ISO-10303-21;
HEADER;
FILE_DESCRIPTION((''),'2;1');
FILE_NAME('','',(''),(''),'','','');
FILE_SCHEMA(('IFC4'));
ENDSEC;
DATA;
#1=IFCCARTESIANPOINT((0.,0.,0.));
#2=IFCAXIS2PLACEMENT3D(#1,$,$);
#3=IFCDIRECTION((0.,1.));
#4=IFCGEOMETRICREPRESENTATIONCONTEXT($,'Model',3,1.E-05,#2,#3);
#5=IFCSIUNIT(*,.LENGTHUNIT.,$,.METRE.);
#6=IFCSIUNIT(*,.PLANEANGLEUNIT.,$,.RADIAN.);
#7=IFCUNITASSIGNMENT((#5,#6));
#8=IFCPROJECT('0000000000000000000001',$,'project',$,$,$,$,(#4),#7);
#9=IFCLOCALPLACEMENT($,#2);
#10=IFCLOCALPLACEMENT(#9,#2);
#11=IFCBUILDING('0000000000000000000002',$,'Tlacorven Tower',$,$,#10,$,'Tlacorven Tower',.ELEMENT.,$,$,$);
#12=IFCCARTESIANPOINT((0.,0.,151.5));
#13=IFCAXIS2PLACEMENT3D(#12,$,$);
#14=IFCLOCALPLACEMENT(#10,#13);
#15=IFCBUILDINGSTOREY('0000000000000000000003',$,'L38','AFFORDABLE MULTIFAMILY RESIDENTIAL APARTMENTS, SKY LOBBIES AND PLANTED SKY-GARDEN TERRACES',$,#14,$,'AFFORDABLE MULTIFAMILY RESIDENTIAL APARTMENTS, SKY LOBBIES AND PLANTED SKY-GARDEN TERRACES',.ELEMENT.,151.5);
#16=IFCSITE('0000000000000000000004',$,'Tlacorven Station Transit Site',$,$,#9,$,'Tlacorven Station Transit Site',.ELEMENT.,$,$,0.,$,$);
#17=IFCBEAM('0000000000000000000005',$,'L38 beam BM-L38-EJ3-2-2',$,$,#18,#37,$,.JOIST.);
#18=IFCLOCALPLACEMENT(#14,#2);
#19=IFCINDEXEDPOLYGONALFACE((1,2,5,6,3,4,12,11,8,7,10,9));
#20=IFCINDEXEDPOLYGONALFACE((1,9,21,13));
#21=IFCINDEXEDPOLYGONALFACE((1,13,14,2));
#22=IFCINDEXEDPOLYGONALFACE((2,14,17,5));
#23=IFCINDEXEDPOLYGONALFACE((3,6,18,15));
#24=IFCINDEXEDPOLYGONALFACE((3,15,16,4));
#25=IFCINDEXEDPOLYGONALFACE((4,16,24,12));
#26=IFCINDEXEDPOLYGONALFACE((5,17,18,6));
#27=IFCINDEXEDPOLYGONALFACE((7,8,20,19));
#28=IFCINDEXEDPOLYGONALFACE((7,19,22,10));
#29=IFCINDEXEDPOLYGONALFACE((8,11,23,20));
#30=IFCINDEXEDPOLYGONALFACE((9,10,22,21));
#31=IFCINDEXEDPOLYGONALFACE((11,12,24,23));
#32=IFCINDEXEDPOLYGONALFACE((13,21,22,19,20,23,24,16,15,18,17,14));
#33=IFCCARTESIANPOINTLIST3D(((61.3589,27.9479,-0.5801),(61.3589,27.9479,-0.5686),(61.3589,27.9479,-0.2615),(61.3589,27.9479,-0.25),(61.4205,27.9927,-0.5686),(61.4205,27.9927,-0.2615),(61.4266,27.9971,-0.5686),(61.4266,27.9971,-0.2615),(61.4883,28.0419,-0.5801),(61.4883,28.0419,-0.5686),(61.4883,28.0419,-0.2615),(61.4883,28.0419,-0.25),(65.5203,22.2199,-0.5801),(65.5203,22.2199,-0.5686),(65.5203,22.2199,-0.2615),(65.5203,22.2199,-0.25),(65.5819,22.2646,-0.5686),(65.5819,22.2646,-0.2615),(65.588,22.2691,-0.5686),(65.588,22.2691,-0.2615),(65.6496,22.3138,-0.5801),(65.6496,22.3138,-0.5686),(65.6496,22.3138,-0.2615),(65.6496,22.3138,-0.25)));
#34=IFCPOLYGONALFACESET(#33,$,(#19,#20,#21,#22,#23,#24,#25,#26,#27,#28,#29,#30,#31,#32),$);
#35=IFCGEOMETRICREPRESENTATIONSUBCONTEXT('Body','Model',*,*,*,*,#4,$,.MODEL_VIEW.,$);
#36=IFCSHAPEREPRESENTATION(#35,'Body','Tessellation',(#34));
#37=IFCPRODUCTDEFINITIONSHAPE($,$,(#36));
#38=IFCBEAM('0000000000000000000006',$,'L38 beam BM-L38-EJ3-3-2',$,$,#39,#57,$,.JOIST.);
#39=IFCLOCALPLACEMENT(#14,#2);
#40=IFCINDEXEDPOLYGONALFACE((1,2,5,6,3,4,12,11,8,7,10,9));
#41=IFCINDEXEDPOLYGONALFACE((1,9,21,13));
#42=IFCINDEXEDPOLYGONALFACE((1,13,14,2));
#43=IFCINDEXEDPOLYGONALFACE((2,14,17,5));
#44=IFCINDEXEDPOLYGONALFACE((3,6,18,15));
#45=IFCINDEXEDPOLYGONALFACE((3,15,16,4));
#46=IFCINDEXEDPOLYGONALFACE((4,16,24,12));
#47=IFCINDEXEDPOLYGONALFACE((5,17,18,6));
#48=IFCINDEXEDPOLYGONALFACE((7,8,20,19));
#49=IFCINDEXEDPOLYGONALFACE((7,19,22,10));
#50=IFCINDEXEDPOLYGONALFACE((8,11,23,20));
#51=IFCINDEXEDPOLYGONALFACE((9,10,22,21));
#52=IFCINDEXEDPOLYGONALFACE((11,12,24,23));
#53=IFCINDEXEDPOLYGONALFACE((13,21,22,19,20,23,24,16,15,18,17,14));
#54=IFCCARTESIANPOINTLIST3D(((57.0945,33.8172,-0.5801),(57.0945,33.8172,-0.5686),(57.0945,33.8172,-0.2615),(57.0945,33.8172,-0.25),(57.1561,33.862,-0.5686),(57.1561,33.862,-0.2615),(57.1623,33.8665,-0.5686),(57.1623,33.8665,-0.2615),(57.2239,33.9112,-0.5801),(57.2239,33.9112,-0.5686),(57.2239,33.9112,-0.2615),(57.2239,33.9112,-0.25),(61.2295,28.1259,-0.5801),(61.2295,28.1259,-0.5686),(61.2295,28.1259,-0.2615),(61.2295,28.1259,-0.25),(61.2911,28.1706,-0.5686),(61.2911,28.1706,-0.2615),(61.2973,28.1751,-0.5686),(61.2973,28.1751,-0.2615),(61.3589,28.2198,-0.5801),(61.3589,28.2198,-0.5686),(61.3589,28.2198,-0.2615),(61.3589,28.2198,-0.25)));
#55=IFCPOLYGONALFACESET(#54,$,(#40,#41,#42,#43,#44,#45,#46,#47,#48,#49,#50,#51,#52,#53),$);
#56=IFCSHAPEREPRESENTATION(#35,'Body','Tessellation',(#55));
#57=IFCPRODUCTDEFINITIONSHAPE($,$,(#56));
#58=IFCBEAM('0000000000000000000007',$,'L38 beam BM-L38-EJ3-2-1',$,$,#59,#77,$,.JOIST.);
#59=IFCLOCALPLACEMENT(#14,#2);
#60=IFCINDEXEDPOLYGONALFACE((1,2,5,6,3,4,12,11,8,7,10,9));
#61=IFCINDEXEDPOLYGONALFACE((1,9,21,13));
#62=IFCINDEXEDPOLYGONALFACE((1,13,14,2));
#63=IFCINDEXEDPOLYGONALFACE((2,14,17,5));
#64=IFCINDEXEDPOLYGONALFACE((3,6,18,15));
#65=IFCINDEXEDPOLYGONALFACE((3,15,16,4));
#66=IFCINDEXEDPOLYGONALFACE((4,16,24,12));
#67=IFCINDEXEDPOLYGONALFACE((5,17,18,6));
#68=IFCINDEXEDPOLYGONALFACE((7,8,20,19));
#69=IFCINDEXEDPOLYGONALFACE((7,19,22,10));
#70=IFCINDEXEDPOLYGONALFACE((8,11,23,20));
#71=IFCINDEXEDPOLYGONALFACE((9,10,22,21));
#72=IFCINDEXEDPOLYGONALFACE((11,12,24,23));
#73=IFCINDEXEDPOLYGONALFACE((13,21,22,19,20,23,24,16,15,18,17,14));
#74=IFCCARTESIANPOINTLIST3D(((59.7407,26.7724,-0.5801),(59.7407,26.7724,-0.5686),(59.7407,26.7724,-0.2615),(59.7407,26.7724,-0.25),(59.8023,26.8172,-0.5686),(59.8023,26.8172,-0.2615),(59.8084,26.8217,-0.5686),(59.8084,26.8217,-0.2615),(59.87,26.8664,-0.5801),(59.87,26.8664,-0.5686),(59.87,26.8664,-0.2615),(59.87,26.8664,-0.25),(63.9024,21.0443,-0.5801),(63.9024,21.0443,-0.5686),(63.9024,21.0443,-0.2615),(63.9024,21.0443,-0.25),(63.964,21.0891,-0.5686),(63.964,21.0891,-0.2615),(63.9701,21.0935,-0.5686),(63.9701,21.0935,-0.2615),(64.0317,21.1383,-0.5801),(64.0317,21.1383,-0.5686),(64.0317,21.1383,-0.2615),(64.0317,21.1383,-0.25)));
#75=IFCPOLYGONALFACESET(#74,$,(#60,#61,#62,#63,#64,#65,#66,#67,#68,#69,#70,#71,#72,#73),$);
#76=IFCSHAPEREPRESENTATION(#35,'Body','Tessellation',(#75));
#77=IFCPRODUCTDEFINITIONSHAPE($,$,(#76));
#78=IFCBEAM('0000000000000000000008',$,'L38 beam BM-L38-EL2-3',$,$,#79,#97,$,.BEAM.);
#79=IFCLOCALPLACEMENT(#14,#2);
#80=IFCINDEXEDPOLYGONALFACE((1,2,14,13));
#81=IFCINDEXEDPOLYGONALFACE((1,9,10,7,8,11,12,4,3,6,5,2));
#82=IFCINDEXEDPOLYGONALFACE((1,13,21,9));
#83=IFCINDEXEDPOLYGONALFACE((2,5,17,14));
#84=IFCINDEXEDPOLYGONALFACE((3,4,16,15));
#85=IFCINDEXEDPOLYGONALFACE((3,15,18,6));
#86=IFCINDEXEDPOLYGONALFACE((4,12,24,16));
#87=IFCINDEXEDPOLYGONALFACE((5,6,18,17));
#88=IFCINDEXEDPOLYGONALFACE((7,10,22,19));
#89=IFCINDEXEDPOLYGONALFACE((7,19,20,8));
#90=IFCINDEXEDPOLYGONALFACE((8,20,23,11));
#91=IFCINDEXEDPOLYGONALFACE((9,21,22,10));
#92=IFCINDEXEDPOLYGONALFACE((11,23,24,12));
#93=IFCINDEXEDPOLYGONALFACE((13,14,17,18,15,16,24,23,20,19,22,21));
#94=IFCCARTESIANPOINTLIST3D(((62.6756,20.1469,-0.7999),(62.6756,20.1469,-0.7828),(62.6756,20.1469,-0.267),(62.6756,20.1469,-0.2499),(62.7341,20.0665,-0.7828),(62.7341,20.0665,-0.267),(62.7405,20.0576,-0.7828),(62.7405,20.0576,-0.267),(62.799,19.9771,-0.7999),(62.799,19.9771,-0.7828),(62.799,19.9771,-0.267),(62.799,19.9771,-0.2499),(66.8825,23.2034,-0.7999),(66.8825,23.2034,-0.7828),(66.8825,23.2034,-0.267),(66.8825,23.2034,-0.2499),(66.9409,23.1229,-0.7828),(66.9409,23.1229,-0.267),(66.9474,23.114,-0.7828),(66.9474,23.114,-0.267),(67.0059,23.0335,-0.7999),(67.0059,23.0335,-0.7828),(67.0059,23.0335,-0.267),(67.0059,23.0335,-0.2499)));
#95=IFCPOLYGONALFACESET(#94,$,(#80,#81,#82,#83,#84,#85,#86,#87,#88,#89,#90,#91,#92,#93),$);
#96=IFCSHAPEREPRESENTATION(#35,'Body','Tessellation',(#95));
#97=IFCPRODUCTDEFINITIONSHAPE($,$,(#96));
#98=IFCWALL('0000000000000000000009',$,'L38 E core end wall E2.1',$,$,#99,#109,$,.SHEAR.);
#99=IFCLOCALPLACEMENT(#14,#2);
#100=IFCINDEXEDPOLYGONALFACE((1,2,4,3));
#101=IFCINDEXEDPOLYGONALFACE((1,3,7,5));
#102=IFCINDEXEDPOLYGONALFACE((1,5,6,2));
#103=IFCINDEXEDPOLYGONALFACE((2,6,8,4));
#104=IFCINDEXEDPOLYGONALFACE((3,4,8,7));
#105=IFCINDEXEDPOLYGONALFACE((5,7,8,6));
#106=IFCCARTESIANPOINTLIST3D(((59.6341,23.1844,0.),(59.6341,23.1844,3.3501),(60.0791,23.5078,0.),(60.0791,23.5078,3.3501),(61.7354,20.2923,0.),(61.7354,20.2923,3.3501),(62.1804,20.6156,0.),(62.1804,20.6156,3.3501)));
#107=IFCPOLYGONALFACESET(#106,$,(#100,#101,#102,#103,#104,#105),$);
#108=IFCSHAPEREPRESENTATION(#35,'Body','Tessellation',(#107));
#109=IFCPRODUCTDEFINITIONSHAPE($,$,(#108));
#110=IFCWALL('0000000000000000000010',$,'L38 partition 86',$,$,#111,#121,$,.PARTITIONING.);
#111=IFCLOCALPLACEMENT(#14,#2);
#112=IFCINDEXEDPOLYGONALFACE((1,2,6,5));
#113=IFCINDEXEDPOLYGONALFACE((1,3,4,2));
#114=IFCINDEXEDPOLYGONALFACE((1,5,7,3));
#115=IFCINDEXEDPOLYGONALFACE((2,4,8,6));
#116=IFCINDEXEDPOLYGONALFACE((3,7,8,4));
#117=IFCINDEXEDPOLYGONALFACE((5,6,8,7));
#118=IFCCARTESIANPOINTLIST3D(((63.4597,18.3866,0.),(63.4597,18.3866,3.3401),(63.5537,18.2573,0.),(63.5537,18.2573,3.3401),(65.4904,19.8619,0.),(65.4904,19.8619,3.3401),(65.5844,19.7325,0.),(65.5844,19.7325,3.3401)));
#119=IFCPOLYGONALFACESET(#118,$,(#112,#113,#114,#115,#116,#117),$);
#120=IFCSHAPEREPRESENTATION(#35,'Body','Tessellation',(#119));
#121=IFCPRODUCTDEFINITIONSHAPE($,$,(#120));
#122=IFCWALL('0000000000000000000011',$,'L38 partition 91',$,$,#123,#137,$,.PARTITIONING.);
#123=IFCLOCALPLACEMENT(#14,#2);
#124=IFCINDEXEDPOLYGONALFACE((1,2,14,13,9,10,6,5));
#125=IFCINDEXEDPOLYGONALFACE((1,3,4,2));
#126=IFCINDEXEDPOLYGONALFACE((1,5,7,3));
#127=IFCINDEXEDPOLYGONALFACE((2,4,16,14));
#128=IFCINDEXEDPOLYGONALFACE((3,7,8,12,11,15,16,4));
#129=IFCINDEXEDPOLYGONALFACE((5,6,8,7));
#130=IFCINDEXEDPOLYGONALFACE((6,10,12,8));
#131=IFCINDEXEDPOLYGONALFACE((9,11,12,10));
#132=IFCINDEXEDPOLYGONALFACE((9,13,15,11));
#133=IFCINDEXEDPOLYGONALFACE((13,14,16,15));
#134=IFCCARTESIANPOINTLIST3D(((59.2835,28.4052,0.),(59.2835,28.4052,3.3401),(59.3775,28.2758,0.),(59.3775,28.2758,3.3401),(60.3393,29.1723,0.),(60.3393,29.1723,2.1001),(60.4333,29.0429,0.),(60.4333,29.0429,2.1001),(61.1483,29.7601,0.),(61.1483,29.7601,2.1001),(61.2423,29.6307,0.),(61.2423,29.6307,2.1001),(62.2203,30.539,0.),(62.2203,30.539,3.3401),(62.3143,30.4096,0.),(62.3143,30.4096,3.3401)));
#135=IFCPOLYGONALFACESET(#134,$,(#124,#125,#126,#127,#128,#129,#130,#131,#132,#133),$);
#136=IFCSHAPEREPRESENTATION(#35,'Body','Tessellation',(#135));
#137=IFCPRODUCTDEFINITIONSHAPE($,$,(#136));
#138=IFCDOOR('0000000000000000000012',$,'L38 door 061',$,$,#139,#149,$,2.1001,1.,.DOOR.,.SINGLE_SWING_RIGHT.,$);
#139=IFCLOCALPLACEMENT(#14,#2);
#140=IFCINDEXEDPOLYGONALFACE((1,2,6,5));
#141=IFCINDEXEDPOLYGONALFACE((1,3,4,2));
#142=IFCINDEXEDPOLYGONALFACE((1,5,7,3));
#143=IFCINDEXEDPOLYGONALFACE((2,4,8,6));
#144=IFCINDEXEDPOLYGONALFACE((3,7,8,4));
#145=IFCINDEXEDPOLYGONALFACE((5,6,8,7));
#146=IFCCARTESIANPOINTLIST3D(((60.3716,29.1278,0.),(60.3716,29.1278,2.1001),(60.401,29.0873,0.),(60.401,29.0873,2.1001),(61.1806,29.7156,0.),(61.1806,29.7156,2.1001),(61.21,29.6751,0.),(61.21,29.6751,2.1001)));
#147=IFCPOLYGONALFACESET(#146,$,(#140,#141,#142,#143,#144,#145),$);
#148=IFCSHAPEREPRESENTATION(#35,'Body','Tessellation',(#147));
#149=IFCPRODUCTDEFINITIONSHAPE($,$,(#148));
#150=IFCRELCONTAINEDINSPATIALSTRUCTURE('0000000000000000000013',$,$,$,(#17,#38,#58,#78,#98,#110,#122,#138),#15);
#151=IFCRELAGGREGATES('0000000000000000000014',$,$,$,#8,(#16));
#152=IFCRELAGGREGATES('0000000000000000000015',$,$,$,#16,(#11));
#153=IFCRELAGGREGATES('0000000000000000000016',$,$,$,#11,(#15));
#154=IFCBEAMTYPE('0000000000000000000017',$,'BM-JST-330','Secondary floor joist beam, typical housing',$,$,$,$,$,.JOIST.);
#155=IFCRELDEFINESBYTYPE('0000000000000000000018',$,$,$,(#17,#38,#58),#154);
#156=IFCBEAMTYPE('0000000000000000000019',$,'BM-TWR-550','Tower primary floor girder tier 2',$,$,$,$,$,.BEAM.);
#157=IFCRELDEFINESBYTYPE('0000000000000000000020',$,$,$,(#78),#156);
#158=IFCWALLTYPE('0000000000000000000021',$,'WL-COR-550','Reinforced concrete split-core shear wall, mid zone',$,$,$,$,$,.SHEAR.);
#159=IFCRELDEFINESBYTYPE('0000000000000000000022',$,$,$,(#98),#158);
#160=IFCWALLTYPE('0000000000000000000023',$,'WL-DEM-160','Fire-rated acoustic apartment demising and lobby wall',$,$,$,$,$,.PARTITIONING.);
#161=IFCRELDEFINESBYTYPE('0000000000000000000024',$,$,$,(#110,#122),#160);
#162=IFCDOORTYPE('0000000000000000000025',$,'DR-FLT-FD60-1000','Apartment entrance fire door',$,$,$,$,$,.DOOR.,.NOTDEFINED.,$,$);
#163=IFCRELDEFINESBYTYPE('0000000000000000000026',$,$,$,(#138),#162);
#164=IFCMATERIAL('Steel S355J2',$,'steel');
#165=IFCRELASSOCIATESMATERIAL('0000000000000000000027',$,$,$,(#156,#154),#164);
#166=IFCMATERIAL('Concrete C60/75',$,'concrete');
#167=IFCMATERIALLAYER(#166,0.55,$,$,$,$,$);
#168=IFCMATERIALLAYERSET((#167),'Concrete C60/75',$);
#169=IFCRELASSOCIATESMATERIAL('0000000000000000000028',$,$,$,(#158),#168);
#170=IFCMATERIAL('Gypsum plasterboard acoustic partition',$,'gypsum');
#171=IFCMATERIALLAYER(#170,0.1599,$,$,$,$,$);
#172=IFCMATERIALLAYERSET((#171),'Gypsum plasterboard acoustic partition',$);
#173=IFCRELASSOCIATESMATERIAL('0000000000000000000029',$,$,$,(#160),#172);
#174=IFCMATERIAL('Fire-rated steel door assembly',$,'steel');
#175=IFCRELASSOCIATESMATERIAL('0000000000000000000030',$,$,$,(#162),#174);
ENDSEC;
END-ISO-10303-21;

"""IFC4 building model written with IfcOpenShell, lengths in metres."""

from ifc_helpers import new_model, si_unit, direction, frame, frame_2d, origin, origin_2d, place, context, subcontext, project, spatial, rectangle, i_section, extrude, source, transform, mapped, material, layer, layer_set, material_profile, profile_set, type_object, element, fill, save


model = new_model("IFC4")

# Units and contexts
model_context = context("Model", 3, precision=1e-05, world=origin(), true_north=direction((0.0, 1.0)))
body_context = subcontext(model_context, "Body", "Model", "MODEL_VIEW")
ifc_project = project(units=[si_unit("LENGTHUNIT", "METRE"), si_unit("PLANEANGLEUNIT", "RADIAN")], contexts=[model_context])

# Site, building, storey
site_placement = place(None, origin())
site = spatial("IfcSite", under=ifc_project, at=site_placement, Name="Tlacorven Station Transit Site", LongName="Tlacorven Station Transit Site", CompositionType="ELEMENT", RefElevation=0.0)
building_placement = place(site_placement, origin())
building = spatial("IfcBuilding", under=site, at=building_placement, Name="Tlacorven Tower", LongName="Tlacorven Tower", CompositionType="ELEMENT")
storey_placement = place(building_placement, frame((0.0, 0.0, 151.5)))
storey = spatial("IfcBuildingStorey", under=building, at=storey_placement, Name="L38", Description="AFFORDABLE MULTIFAMILY RESIDENTIAL APARTMENTS, SKY LOBBIES AND PLANTED SKY-GARDEN TERRACES", LongName="AFFORDABLE MULTIFAMILY RESIDENTIAL APARTMENTS, SKY LOBBIES AND PLANTED SKY-GARDEN TERRACES", CompositionType="ELEMENT", Elevation=151.5)

# Beams
ifc_material_1 = material(Name="Concrete C60/75", Category="concrete")
ifc_material_2 = material(Name="Steel S355J2", Category="steel")
ifc_material_profile_1 = material_profile(ifc_material_2, i_section(OverallWidth=0.21, OverallDepth=0.55, WebThickness=0.011, FlangeThickness=0.0171, at=origin_2d()), Name="IPE 550")
ifc_profile_set_1 = profile_set([ifc_material_profile_1], Name="Steel S355J2")
beam_type_1 = type_object("IfcBeamType", Name="BM-TWR-550", Description="Tower primary floor girder tier 2", PredefinedType="BEAM", material=ifc_profile_set_1)
ifc_material_profile_2 = material_profile(ifc_material_2, i_section(OverallWidth=0.1599, OverallDepth=0.3301, WebThickness=0.0076, FlangeThickness=0.0115, at=origin_2d()), Name="IPE 330")
ifc_profile_set_2 = profile_set([ifc_material_profile_2], Name="Steel S355J2")
beam_type_2 = type_object("IfcBeamType", Name="BM-JST-330", Description="Secondary floor joist beam, typical housing", PredefinedType="JOIST", material=ifc_profile_set_2)
shared_shape_1 = source(origin(), body_context, "Body", "SweptSolid", [
    extrude(i_section(OverallWidth=0.1599, OverallDepth=0.3301, WebThickness=0.0076, FlangeThickness=0.0115, at=origin_2d()), origin(), (0.0, 0.0, 1.0), 7.0801),
])
beam_1_placement = place(storey_placement, frame((65.585, 22.2668, -0.415), z_axis=(-0.58776, 0.809036, 0.0), x_axis=(-0.809036, -0.58776, 0.0)))
element("IfcBeam", 1, at=beam_1_placement, inside=storey, type_object=beam_type_2, Name="L38 beam BM-L38-EJ3-2-2", PredefinedType="JOIST", context=body_context, shape_type="MappedRepresentation", body=[
    mapped(shared_shape_1, transform((0.0, 0.0, 0.0), scale=1.0)),
])
shared_shape_2 = source(origin(), body_context, "Body", "SweptSolid", [
    extrude(i_section(OverallWidth=0.1599, OverallDepth=0.3301, WebThickness=0.0076, FlangeThickness=0.0115, at=origin_2d()), origin(), (0.0, 0.0, 1.0), 7.0349),
])
beam_2_placement = place(storey_placement, frame((61.2942, 28.1729, -0.415), z_axis=(-0.587782, 0.80902, 0.0), x_axis=(-0.80902, -0.587782, 0.0)))
element("IfcBeam", 2, at=beam_2_placement, inside=storey, type_object=beam_type_2, Name="L38 beam BM-L38-EJ3-3-2", PredefinedType="JOIST", context=body_context, shape_type="MappedRepresentation", body=[
    mapped(shared_shape_2, transform((0.0, 0.0, 0.0), scale=1.0)),
])
shared_shape_3 = source(origin(), body_context, "Body", "SweptSolid", [
    extrude(i_section(OverallWidth=0.1599, OverallDepth=0.3301, WebThickness=0.0076, FlangeThickness=0.0115, at=origin_2d()), origin(), (0.0, 0.0, 1.0), 7.0803),
])
beam_3_placement = place(storey_placement, frame((63.967, 21.0913, -0.415), z_axis=(-0.587782, 0.809019, 0.0), x_axis=(-0.809019, -0.587782, 0.0)))
element("IfcBeam", 3, at=beam_3_placement, inside=storey, type_object=beam_type_2, Name="L38 beam BM-L38-EJ3-2-1", PredefinedType="JOIST", context=body_context, shape_type="MappedRepresentation", body=[
    mapped(shared_shape_3, transform((0.0, 0.0, 0.0), scale=1.0)),
])
shared_shape_4 = source(origin(), body_context, "Body", "SweptSolid", [
    extrude(i_section(OverallWidth=0.21, OverallDepth=0.55, WebThickness=0.011, FlangeThickness=0.0171, at=origin_2d()), origin(), (0.0, 0.0, 1.0), 5.2),
])
beam_4_placement = place(storey_placement, frame((62.7373, 20.062, -0.5249), z_axis=(0.809018, 0.587784, 0.0), x_axis=(-0.587784, 0.809018, 0.0)))
element("IfcBeam", 4, at=beam_4_placement, inside=storey, type_object=beam_type_1, Name="L38 beam BM-L38-EL2-3", PredefinedType="BEAM", context=body_context, shape_type="MappedRepresentation", body=[
    mapped(shared_shape_4, transform((0.0, 0.0, 0.0), scale=1.0)),
])

# Walls
ifc_layer_1 = layer(ifc_material_1, 0.55)
ifc_layer_set_1 = layer_set([ifc_layer_1], Name="Concrete C60/75")
wall_type_1 = type_object("IfcWallType", Name="WL-COR-550", Description="Reinforced concrete split-core shear wall, mid zone", PredefinedType="SHEAR", material=ifc_layer_set_1)
wall_1_placement = place(storey_placement, frame((61.958, 20.4539, 0.0), z_axis=(0.0, 0.0, 1.0), x_axis=(-0.587802, 0.809005, 0.0)))
element("IfcWall", 5, at=wall_1_placement, inside=storey, type_object=wall_type_1, Name="L38 E core end wall E2.1", PredefinedType="SHEAR", context=body_context, shape_type="SweptSolid", body=[
    extrude(rectangle(XDim=3.575, YDim=0.55, at=frame_2d((1.7876, 0.0))), origin(), (0.0, 0.0, 1.0), 3.3501),
])
ifc_material_3 = material(Name="Gypsum plasterboard acoustic partition", Category="gypsum")
ifc_layer_2 = layer(ifc_material_3, 0.1599)
ifc_layer_set_2 = layer_set([ifc_layer_2], Name="Gypsum plasterboard acoustic partition")
wall_type_2 = type_object("IfcWallType", Name="WL-DEM-160", Description="Fire-rated acoustic apartment demising and lobby wall", PredefinedType="PARTITIONING", material=ifc_layer_set_2)
wall_2_placement = place(storey_placement, frame((63.5068, 18.322, 0.0), z_axis=(0.0, 0.0, 1.0), x_axis=(0.809035, 0.587761, 0.0)))
element("IfcWall", 6, at=wall_2_placement, inside=storey, type_object=wall_type_2, Name="L38 partition 86", PredefinedType="PARTITIONING", context=body_context, shape_type="SweptSolid", body=[
    extrude(rectangle(XDim=2.51, YDim=0.1599, at=frame_2d((1.2549, 0.0))), origin(), (0.0, 0.0, 1.0), 3.3401),
])

# Wall, opening, door
wall_3_placement = place(storey_placement, frame((59.3306, 28.3406, 0.0), z_axis=(0.0, 0.0, 1.0), x_axis=(0.809004, 0.587804, 0.0)))
wall_3 = element("IfcWall", 7, at=wall_3_placement, inside=storey, type_object=wall_type_2, Name="L38 partition 91", PredefinedType="PARTITIONING", context=body_context, shape_type="SweptSolid", body=[
    extrude(rectangle(XDim=3.6301, YDim=0.1599, at=frame_2d((1.8149, 0.0))), origin(), (0.0, 0.0, 1.0), 3.3401),
])
opening_1_placement = place(wall_3_placement, frame((1.3049, 0.0, 0.0)))
opening_1 = element("IfcOpeningElement", 8, at=opening_1_placement, cuts=wall_3, PredefinedType="OPENING", context=body_context, shape_type="SweptSolid", body=[
    extrude(rectangle(XDim=1.0, YDim=2.1001, at=frame_2d((0.5, 1.05))), frame((0.0, 0.0898, 0.0), z_axis=(0.0, -1.0, 0.0), x_axis=(1.0, 0.0, 0.0)), (0.0, 0.0, 1.0), 0.1799),
])
ifc_material_4 = material(Name="Fire-rated steel door assembly", Category="steel")
door_type_1 = type_object("IfcDoorType", Name="DR-FLT-FD60-1000", Description="Apartment entrance fire door", OperationType="NOTDEFINED", PredefinedType="DOOR", material=ifc_material_4)
shared_shape_5 = source(origin(), body_context, "Body", "SweptSolid", [
    extrude(rectangle(XDim=1.0, YDim=2.1001, at=frame_2d((0.5, 1.05))), frame((0.0, 0.0249, 0.0), z_axis=(0.0, -1.0, 0.0), x_axis=(1.0, 0.0, 0.0)), (0.0, 0.0, 1.0), 0.05),
])
door_1_placement = place(opening_1_placement, origin())
door_1 = element("IfcDoor", 9, at=door_1_placement, inside=storey, type_object=door_type_1, Name="L38 door 061", OperationType="SINGLE_SWING_RIGHT", OverallHeight=2.1001, OverallWidth=1.0, PredefinedType="DOOR", context=body_context, shape_type="MappedRepresentation", body=[
    mapped(shared_shape_5, transform((0.0, 0.0, 0.0), scale=1.0)),
])
fill(opening_1, door_1)

save(model, "model.ifc")
